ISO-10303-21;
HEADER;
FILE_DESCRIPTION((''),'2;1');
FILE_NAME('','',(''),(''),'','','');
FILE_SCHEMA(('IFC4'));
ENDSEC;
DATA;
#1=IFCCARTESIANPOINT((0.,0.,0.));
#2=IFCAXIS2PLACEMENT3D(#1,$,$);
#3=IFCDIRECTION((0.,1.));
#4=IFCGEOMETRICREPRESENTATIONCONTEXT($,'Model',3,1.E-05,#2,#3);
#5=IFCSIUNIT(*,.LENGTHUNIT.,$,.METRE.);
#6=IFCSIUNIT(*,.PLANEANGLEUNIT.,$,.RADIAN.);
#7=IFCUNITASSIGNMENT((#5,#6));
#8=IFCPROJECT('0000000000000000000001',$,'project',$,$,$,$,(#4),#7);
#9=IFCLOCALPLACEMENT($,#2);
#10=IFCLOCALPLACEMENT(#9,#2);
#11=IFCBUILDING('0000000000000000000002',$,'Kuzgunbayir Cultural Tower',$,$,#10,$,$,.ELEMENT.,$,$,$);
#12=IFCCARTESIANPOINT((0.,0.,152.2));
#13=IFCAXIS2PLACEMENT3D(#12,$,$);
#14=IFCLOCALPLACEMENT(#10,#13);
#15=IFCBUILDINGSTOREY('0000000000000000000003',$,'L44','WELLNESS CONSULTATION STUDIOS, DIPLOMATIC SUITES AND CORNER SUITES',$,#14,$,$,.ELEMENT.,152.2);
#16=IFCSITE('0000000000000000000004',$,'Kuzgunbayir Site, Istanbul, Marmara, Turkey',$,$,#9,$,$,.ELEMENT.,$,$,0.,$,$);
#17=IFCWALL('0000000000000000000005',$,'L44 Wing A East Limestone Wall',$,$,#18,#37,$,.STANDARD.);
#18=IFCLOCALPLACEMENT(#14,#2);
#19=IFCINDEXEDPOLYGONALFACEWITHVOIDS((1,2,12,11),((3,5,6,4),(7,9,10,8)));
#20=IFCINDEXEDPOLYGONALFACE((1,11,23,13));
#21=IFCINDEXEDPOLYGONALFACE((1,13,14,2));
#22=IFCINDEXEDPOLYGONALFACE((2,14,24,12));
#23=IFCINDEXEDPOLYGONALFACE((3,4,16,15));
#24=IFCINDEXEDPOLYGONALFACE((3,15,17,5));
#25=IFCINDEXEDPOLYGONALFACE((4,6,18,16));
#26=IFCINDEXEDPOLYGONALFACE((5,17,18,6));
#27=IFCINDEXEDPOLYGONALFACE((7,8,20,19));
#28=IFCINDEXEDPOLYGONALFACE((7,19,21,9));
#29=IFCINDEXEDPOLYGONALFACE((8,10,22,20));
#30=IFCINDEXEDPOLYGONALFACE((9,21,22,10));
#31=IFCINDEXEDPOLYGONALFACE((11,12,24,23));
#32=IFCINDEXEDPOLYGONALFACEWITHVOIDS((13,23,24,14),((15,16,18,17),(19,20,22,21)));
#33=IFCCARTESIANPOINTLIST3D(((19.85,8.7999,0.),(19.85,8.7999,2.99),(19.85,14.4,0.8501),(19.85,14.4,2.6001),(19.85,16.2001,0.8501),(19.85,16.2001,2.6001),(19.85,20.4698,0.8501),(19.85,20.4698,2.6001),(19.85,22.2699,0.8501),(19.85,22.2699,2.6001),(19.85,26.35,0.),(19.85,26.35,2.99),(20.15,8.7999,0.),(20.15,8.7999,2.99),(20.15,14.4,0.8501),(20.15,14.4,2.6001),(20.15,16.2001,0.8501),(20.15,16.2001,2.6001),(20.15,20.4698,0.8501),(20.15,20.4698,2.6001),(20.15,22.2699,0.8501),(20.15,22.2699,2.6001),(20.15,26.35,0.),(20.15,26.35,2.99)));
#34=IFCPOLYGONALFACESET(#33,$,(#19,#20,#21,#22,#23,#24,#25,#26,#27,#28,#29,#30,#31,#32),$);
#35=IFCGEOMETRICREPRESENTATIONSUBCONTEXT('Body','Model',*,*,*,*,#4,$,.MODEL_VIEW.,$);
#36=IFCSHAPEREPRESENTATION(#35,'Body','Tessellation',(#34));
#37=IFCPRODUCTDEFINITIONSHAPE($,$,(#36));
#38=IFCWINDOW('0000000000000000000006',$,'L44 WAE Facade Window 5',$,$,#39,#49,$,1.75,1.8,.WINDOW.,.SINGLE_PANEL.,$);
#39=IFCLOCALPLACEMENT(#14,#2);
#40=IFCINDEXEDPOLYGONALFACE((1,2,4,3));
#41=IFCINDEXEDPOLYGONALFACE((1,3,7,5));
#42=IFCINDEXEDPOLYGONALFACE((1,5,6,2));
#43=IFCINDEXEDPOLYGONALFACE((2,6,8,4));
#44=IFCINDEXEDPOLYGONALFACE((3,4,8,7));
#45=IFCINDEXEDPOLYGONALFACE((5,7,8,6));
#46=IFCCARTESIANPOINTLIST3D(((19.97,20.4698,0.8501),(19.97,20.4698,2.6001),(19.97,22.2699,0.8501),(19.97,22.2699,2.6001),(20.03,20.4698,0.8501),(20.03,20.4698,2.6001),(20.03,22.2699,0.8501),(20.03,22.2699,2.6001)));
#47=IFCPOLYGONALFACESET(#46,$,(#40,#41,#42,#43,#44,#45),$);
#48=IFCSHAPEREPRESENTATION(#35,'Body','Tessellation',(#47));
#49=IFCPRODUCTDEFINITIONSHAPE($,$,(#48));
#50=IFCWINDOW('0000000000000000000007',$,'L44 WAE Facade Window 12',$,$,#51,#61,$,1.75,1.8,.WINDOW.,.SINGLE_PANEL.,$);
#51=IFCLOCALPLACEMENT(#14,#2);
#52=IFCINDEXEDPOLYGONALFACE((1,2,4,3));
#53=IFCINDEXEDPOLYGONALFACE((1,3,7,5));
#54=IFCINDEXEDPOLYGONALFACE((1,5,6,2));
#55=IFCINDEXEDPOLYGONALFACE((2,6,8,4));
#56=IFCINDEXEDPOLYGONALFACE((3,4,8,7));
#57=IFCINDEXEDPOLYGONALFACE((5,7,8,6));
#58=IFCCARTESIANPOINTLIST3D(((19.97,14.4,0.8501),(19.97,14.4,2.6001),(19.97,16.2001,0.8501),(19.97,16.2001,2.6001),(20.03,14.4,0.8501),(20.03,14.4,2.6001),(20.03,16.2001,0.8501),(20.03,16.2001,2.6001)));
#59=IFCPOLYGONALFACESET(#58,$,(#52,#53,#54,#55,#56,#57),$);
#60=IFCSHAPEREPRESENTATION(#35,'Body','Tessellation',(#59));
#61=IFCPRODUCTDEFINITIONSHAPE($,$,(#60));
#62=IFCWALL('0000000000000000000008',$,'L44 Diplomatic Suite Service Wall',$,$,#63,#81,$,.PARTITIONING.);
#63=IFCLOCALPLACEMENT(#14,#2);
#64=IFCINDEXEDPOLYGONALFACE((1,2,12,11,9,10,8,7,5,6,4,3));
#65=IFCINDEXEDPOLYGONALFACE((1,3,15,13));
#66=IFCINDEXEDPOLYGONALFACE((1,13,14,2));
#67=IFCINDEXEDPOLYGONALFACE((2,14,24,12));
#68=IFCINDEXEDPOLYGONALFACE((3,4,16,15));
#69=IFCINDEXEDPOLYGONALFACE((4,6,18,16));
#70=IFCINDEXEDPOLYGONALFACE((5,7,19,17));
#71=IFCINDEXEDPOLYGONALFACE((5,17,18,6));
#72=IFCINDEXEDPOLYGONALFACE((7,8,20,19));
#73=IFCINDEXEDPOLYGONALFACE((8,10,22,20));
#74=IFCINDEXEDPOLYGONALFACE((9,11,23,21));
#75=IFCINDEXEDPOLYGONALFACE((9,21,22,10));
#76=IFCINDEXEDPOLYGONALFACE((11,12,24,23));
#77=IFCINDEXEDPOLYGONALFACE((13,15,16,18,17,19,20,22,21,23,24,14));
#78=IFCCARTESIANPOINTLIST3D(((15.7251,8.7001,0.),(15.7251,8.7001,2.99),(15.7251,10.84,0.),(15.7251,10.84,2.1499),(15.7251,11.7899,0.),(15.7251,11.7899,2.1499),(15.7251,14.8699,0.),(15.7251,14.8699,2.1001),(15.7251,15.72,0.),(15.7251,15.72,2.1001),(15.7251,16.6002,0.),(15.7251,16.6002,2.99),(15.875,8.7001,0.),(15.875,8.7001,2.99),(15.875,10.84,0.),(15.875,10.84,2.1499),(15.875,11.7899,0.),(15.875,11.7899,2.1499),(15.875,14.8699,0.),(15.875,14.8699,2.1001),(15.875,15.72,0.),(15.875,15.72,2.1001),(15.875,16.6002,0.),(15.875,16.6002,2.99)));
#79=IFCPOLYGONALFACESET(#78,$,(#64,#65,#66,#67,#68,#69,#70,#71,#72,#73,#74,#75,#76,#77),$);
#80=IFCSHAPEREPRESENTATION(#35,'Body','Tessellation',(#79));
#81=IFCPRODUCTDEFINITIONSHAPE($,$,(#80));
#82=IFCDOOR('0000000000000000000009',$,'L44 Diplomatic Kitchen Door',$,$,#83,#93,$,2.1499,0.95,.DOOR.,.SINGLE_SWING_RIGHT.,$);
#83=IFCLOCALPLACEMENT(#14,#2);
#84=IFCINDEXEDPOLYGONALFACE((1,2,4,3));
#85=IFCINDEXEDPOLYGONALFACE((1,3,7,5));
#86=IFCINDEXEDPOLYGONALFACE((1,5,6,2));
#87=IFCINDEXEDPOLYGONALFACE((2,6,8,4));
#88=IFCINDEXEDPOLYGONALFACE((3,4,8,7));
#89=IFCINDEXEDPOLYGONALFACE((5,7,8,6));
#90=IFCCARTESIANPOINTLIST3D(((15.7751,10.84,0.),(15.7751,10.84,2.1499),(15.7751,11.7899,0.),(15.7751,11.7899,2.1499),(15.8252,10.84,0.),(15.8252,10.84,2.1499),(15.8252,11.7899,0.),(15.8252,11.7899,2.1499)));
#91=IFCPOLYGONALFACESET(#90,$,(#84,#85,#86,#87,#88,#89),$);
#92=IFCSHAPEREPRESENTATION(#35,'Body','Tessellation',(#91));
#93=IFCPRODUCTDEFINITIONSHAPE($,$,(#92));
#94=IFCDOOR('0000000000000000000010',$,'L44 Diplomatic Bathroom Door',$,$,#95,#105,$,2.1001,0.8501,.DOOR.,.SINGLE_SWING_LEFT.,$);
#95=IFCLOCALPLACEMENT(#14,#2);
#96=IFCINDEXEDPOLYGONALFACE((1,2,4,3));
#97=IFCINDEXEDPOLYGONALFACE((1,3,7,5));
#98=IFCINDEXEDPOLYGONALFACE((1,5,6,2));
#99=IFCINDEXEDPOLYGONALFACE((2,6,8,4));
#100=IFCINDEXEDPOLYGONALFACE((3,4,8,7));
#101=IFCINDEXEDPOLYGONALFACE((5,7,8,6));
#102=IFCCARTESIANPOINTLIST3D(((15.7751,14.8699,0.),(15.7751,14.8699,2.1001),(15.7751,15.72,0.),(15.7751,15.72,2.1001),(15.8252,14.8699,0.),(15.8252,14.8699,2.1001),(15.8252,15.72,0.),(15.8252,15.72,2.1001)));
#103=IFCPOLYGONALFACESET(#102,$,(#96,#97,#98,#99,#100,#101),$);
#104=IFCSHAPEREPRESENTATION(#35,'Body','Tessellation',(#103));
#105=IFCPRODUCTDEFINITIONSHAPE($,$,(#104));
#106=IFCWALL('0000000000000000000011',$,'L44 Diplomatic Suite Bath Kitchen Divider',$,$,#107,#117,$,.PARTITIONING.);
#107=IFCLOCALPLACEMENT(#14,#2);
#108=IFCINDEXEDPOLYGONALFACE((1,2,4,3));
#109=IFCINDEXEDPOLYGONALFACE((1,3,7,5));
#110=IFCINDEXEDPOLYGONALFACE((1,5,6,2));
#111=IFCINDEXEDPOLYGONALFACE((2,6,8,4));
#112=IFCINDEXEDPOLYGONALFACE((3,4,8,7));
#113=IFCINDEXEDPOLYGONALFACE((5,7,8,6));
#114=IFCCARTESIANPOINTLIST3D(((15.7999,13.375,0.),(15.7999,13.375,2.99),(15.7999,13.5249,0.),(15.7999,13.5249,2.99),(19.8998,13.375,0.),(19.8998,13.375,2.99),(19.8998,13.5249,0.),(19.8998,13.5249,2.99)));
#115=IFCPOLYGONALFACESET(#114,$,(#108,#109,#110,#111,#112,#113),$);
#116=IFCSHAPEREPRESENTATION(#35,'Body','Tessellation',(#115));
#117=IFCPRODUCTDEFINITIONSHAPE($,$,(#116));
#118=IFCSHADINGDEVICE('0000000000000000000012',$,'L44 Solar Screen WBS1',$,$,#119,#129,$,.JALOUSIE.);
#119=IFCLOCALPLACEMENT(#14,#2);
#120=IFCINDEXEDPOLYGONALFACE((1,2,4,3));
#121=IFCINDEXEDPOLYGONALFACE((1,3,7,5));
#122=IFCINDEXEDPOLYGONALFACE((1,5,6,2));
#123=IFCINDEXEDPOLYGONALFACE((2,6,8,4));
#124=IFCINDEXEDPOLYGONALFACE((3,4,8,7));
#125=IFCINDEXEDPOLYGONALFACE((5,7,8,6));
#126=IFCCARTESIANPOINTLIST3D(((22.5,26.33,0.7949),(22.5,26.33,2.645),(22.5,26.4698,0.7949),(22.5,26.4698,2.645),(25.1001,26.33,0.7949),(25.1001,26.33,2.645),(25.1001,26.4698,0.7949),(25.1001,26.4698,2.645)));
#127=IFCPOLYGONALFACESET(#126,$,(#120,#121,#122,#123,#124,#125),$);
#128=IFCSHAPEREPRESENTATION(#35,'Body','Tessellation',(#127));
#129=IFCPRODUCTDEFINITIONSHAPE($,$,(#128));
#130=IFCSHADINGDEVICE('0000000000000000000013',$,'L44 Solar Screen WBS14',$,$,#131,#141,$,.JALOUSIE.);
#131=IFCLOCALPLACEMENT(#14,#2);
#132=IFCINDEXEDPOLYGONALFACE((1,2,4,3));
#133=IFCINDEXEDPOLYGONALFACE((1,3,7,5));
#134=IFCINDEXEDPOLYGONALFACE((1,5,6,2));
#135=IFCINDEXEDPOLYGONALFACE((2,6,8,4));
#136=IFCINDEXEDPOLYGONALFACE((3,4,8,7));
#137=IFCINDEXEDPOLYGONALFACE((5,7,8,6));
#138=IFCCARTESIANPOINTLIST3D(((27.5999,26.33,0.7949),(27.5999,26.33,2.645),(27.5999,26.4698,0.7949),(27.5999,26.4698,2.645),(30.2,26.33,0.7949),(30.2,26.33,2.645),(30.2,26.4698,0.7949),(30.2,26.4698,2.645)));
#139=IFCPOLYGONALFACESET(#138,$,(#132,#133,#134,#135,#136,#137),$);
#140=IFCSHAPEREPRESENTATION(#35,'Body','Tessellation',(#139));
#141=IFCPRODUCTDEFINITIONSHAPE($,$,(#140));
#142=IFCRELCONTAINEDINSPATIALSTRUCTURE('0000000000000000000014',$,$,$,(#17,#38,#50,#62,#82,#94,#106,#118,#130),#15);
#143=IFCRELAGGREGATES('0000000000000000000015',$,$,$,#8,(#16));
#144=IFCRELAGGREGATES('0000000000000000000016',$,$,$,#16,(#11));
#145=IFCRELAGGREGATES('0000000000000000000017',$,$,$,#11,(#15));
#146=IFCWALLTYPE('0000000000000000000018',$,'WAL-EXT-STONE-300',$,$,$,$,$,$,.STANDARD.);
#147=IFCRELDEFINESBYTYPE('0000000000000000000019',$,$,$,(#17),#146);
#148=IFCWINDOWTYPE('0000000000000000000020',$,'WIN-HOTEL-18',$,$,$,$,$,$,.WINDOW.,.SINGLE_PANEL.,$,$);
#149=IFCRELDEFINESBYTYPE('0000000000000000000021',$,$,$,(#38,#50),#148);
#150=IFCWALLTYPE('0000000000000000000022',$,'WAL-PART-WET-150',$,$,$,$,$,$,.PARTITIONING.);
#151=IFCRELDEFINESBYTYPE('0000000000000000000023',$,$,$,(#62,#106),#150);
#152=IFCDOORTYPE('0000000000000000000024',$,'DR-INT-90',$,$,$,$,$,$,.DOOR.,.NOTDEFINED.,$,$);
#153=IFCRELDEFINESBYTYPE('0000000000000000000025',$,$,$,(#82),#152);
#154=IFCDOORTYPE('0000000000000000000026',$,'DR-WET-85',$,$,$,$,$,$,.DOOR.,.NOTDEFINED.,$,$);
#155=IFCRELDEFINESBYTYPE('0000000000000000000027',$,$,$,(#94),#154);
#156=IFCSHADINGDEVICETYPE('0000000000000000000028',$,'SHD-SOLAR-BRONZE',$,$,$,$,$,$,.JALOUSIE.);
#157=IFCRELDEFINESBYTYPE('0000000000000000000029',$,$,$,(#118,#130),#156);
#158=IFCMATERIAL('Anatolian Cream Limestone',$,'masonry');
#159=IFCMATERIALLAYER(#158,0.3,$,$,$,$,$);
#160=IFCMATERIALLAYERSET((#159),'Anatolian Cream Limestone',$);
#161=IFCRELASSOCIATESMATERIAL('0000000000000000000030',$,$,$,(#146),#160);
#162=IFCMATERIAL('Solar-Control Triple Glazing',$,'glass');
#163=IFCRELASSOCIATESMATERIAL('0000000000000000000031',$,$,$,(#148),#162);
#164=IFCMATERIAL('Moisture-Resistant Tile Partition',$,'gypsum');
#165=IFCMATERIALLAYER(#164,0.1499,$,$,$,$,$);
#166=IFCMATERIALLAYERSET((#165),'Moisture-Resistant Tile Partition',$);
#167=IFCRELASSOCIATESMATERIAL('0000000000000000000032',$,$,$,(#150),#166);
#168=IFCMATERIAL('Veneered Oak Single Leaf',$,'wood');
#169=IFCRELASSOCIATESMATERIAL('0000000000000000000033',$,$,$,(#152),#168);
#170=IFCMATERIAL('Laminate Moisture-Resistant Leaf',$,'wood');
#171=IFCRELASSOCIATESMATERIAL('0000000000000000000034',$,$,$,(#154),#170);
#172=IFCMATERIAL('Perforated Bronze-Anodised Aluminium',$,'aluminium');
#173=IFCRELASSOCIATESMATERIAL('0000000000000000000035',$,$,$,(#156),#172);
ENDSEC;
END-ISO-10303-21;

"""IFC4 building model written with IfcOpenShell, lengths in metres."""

from ifc_helpers import new_model, si_unit, direction, frame, frame_2d, origin, origin_2d, place, context, subcontext, project, spatial, rectangle, extrude, material, layer, layer_set, type_object, element, fill, save


model = new_model("IFC4")

# Units and contexts
model_context = context("Model", 3, precision=1e-05, world=origin(), true_north=direction((0.0, 1.0)))
body_context = subcontext(model_context, "Body", "Model", "MODEL_VIEW")
ifc_project = project(units=[si_unit("LENGTHUNIT", "METRE"), si_unit("PLANEANGLEUNIT", "RADIAN")], contexts=[model_context])

# Site, building, storey
site_placement = place(None, origin())
site = spatial("IfcSite", under=ifc_project, at=site_placement, Name="Kuzgunbayir Site, Istanbul, Marmara, Turkey", CompositionType="ELEMENT", RefElevation=0.0)
building_placement = place(site_placement, origin())
building = spatial("IfcBuilding", under=site, at=building_placement, Name="Kuzgunbayir Cultural Tower", CompositionType="ELEMENT")
storey_placement = place(building_placement, frame((0.0, 0.0, 152.2)))
storey = spatial("IfcBuildingStorey", under=building, at=storey_placement, Name="L44", Description="WELLNESS CONSULTATION STUDIOS, DIPLOMATIC SUITES AND CORNER SUITES", CompositionType="ELEMENT", Elevation=152.2)

# Wall, openings, windows
ifc_material_1 = material(Name="Anatolian Cream Limestone", Category="masonry")
ifc_layer_1 = layer(ifc_material_1, 0.3)
ifc_layer_set_1 = layer_set([ifc_layer_1], Name="Anatolian Cream Limestone")
wall_type_1 = type_object("IfcWallType", Name="WAL-EXT-STONE-300", PredefinedType="STANDARD", material=ifc_layer_set_1)
wall_1_placement = place(storey_placement, frame((20.0, 8.8, 0.0), z_axis=(0.0, 0.0, 1.0), x_axis=(0.0, 1.0, 0.0)))
wall_1 = element("IfcWall", 1, at=wall_1_placement, inside=storey, type_object=wall_type_1, Name="L44 Wing A East Limestone Wall", PredefinedType="STANDARD", context=body_context, shape_type="SweptSolid", body=[
    extrude(rectangle(XDim=17.55, YDim=0.3, at=frame_2d((8.7749, 0.0))), origin(), (0.0, 0.0, 1.0), 2.99),
])
opening_1_placement = place(wall_1_placement, frame((11.6699, 0.0, 0.8501)))
opening_1 = element("IfcOpeningElement", 2, at=opening_1_placement, cuts=wall_1, PredefinedType="OPENING", context=body_context, shape_type="SweptSolid", body=[
    extrude(rectangle(XDim=1.8, YDim=1.75, at=frame_2d((0.8999, 0.875))), frame((0.0, 0.1602, 0.0), z_axis=(0.0, -1.0, 0.0), x_axis=(1.0, 0.0, 0.0)), (0.0, 0.0, 1.0), 0.3201),
])
opening_2_placement = place(wall_1_placement, frame((5.6001, 0.0, 0.8501)))
opening_2 = element("IfcOpeningElement", 3, at=opening_2_placement, cuts=wall_1, PredefinedType="OPENING", context=body_context, shape_type="SweptSolid", body=[
    extrude(rectangle(XDim=1.8, YDim=1.75, at=frame_2d((0.8999, 0.875))), frame((0.0, 0.1602, 0.0), z_axis=(0.0, -1.0, 0.0), x_axis=(1.0, 0.0, 0.0)), (0.0, 0.0, 1.0), 0.3201),
])
ifc_material_2 = material(Name="Solar-Control Triple Glazing", Category="glass")
window_type = type_object("IfcWindowType", Name="WIN-HOTEL-18", PartitioningType="SINGLE_PANEL", PredefinedType="WINDOW", material=ifc_material_2)
window_1_placement = place(opening_1_placement, origin())
window_1 = element("IfcWindow", 4, at=window_1_placement, inside=storey, type_object=window_type, Name="L44 WAE Facade Window 5", OverallHeight=1.75, OverallWidth=1.8, PartitioningType="SINGLE_PANEL", PredefinedType="WINDOW", context=body_context, shape_type="SweptSolid", body=[
    extrude(rectangle(XDim=1.8, YDim=1.75, at=frame_2d((0.8999, 0.875))), frame((0.0, 0.03, 0.0), z_axis=(0.0, -1.0, 0.0), x_axis=(1.0, 0.0, 0.0)), (0.0, 0.0, 1.0), 0.0601),
])
fill(opening_1, window_1)
window_2_placement = place(opening_2_placement, origin())
window_2 = element("IfcWindow", 5, at=window_2_placement, inside=storey, type_object=window_type, Name="L44 WAE Facade Window 12", OverallHeight=1.75, OverallWidth=1.8, PartitioningType="SINGLE_PANEL", PredefinedType="WINDOW", context=body_context, shape_type="SweptSolid", body=[
    extrude(rectangle(XDim=1.8, YDim=1.75, at=frame_2d((0.8999, 0.875))), frame((0.0, 0.03, 0.0), z_axis=(0.0, -1.0, 0.0), x_axis=(1.0, 0.0, 0.0)), (0.0, 0.0, 1.0), 0.0601),
])
fill(opening_2, window_2)

# Wall, openings, doors
ifc_material_3 = material(Name="Moisture-Resistant Tile Partition", Category="gypsum")
ifc_layer_2 = layer(ifc_material_3, 0.1499)
ifc_layer_set_2 = layer_set([ifc_layer_2], Name="Moisture-Resistant Tile Partition")
wall_type_2 = type_object("IfcWallType", Name="WAL-PART-WET-150", PredefinedType="PARTITIONING", material=ifc_layer_set_2)
wall_2_placement = place(storey_placement, frame((15.8, 8.7, 0.0), z_axis=(0.0, 0.0, 1.0), x_axis=(0.0, 1.0, 0.0)))
wall_2 = element("IfcWall", 6, at=wall_2_placement, inside=storey, type_object=wall_type_2, Name="L44 Diplomatic Suite Service Wall", PredefinedType="PARTITIONING", context=body_context, shape_type="SweptSolid", body=[
    extrude(rectangle(XDim=7.9001, YDim=0.1499, at=frame_2d((3.9502, 0.0))), origin(), (0.0, 0.0, 1.0), 2.99),
])
opening_3_placement = place(wall_2_placement, frame((2.1399, 0.0, 0.0)))
opening_3 = element("IfcOpeningElement", 7, at=opening_3_placement, cuts=wall_2, PredefinedType="OPENING", context=body_context, shape_type="SweptSolid", body=[
    extrude(rectangle(XDim=0.95, YDim=2.1499, at=frame_2d((0.4751, 1.075))), frame((0.0, 0.085, 0.0), z_axis=(0.0, -1.0, 0.0), x_axis=(1.0, 0.0, 0.0)), (0.0, 0.0, 1.0), 0.1699),
])
opening_4_placement = place(wall_2_placement, frame((6.1699, 0.0, 0.0)))
opening_4 = element("IfcOpeningElement", 8, at=opening_4_placement, cuts=wall_2, PredefinedType="OPENING", context=body_context, shape_type="SweptSolid", body=[
    extrude(rectangle(XDim=0.8501, YDim=2.1001, at=frame_2d((0.425, 1.05))), frame((0.0, 0.085, 0.0), z_axis=(0.0, -1.0, 0.0), x_axis=(1.0, 0.0, 0.0)), (0.0, 0.0, 1.0), 0.1699),
])
ifc_material_4 = material(Name="Veneered Oak Single Leaf", Category="wood")
door_type_1 = type_object("IfcDoorType", Name="DR-INT-90", OperationType="NOTDEFINED", PredefinedType="DOOR", material=ifc_material_4)
door_1_placement = place(opening_3_placement, origin())
door_1 = element("IfcDoor", 9, at=door_1_placement, inside=storey, type_object=door_type_1, Name="L44 Diplomatic Kitchen Door", OperationType="SINGLE_SWING_RIGHT", OverallHeight=2.1499, OverallWidth=0.95, PredefinedType="DOOR", context=body_context, shape_type="SweptSolid", body=[
    extrude(rectangle(XDim=0.95, YDim=2.1499, at=frame_2d((0.4751, 1.075))), frame((0.0, 0.0249, 0.0), z_axis=(0.0, -1.0, 0.0), x_axis=(1.0, 0.0, 0.0)), (0.0, 0.0, 1.0), 0.05),
])
fill(opening_3, door_1)
ifc_material_5 = material(Name="Laminate Moisture-Resistant Leaf", Category="wood")
door_type_2 = type_object("IfcDoorType", Name="DR-WET-85", OperationType="NOTDEFINED", PredefinedType="DOOR", material=ifc_material_5)
door_2_placement = place(opening_4_placement, origin())
door_2 = element("IfcDoor", 10, at=door_2_placement, inside=storey, type_object=door_type_2, Name="L44 Diplomatic Bathroom Door", OperationType="SINGLE_SWING_LEFT", OverallHeight=2.1001, OverallWidth=0.8501, PredefinedType="DOOR", context=body_context, shape_type="SweptSolid", body=[
    extrude(rectangle(XDim=0.8501, YDim=2.1001, at=frame_2d((0.425, 1.05))), frame((0.0, 0.0249, 0.0), z_axis=(0.0, -1.0, 0.0), x_axis=(1.0, 0.0, 0.0)), (0.0, 0.0, 1.0), 0.05),
])
fill(opening_4, door_2)

# Wall
wall_3_placement = place(storey_placement, frame((15.8, 13.45, 0.0), z_axis=(0.0, 0.0, 1.0), x_axis=(1.0, 0.0, 0.0)))
element("IfcWall", 11, at=wall_3_placement, inside=storey, type_object=wall_type_2, Name="L44 Diplomatic Suite Bath Kitchen Divider", PredefinedType="PARTITIONING", context=body_context, shape_type="SweptSolid", body=[
    extrude(rectangle(XDim=4.0999, YDim=0.1499, at=frame_2d((2.0498, 0.0))), origin(), (0.0, 0.0, 1.0), 2.99),
])

# Shading devices
ifc_material_6 = material(Name="Perforated Bronze-Anodised Aluminium", Category="aluminium")
shading_device_type = type_object("IfcShadingDeviceType", Name="SHD-SOLAR-BRONZE", PredefinedType="JALOUSIE", material=ifc_material_6)
for number, where, z_axis, x_axis, name in (
    (12, (23.8, 26.3999, 0.7949), (0.0, 0.0, 1.0), (1.0, 0.0, 0.0), "L44 Solar Screen WBS1"),
    (13, (28.8999, 26.3999, 0.7949), (0.0, 0.0, 1.0), (1.0, 0.0, 0.0), "L44 Solar Screen WBS14"),
):
    element("IfcShadingDevice", number, at=place(storey_placement, frame(where, z_axis=z_axis, x_axis=x_axis)), inside=storey, type_object=shading_device_type, Name=name, PredefinedType="JALOUSIE", context=body_context, shape_type="SweptSolid", body=[
        extrude(rectangle(XDim=2.6001, YDim=0.1399, at=origin_2d()), origin(), (0.0, 0.0, 1.0), 1.8501),
    ])

save(model, "model.ifc")
